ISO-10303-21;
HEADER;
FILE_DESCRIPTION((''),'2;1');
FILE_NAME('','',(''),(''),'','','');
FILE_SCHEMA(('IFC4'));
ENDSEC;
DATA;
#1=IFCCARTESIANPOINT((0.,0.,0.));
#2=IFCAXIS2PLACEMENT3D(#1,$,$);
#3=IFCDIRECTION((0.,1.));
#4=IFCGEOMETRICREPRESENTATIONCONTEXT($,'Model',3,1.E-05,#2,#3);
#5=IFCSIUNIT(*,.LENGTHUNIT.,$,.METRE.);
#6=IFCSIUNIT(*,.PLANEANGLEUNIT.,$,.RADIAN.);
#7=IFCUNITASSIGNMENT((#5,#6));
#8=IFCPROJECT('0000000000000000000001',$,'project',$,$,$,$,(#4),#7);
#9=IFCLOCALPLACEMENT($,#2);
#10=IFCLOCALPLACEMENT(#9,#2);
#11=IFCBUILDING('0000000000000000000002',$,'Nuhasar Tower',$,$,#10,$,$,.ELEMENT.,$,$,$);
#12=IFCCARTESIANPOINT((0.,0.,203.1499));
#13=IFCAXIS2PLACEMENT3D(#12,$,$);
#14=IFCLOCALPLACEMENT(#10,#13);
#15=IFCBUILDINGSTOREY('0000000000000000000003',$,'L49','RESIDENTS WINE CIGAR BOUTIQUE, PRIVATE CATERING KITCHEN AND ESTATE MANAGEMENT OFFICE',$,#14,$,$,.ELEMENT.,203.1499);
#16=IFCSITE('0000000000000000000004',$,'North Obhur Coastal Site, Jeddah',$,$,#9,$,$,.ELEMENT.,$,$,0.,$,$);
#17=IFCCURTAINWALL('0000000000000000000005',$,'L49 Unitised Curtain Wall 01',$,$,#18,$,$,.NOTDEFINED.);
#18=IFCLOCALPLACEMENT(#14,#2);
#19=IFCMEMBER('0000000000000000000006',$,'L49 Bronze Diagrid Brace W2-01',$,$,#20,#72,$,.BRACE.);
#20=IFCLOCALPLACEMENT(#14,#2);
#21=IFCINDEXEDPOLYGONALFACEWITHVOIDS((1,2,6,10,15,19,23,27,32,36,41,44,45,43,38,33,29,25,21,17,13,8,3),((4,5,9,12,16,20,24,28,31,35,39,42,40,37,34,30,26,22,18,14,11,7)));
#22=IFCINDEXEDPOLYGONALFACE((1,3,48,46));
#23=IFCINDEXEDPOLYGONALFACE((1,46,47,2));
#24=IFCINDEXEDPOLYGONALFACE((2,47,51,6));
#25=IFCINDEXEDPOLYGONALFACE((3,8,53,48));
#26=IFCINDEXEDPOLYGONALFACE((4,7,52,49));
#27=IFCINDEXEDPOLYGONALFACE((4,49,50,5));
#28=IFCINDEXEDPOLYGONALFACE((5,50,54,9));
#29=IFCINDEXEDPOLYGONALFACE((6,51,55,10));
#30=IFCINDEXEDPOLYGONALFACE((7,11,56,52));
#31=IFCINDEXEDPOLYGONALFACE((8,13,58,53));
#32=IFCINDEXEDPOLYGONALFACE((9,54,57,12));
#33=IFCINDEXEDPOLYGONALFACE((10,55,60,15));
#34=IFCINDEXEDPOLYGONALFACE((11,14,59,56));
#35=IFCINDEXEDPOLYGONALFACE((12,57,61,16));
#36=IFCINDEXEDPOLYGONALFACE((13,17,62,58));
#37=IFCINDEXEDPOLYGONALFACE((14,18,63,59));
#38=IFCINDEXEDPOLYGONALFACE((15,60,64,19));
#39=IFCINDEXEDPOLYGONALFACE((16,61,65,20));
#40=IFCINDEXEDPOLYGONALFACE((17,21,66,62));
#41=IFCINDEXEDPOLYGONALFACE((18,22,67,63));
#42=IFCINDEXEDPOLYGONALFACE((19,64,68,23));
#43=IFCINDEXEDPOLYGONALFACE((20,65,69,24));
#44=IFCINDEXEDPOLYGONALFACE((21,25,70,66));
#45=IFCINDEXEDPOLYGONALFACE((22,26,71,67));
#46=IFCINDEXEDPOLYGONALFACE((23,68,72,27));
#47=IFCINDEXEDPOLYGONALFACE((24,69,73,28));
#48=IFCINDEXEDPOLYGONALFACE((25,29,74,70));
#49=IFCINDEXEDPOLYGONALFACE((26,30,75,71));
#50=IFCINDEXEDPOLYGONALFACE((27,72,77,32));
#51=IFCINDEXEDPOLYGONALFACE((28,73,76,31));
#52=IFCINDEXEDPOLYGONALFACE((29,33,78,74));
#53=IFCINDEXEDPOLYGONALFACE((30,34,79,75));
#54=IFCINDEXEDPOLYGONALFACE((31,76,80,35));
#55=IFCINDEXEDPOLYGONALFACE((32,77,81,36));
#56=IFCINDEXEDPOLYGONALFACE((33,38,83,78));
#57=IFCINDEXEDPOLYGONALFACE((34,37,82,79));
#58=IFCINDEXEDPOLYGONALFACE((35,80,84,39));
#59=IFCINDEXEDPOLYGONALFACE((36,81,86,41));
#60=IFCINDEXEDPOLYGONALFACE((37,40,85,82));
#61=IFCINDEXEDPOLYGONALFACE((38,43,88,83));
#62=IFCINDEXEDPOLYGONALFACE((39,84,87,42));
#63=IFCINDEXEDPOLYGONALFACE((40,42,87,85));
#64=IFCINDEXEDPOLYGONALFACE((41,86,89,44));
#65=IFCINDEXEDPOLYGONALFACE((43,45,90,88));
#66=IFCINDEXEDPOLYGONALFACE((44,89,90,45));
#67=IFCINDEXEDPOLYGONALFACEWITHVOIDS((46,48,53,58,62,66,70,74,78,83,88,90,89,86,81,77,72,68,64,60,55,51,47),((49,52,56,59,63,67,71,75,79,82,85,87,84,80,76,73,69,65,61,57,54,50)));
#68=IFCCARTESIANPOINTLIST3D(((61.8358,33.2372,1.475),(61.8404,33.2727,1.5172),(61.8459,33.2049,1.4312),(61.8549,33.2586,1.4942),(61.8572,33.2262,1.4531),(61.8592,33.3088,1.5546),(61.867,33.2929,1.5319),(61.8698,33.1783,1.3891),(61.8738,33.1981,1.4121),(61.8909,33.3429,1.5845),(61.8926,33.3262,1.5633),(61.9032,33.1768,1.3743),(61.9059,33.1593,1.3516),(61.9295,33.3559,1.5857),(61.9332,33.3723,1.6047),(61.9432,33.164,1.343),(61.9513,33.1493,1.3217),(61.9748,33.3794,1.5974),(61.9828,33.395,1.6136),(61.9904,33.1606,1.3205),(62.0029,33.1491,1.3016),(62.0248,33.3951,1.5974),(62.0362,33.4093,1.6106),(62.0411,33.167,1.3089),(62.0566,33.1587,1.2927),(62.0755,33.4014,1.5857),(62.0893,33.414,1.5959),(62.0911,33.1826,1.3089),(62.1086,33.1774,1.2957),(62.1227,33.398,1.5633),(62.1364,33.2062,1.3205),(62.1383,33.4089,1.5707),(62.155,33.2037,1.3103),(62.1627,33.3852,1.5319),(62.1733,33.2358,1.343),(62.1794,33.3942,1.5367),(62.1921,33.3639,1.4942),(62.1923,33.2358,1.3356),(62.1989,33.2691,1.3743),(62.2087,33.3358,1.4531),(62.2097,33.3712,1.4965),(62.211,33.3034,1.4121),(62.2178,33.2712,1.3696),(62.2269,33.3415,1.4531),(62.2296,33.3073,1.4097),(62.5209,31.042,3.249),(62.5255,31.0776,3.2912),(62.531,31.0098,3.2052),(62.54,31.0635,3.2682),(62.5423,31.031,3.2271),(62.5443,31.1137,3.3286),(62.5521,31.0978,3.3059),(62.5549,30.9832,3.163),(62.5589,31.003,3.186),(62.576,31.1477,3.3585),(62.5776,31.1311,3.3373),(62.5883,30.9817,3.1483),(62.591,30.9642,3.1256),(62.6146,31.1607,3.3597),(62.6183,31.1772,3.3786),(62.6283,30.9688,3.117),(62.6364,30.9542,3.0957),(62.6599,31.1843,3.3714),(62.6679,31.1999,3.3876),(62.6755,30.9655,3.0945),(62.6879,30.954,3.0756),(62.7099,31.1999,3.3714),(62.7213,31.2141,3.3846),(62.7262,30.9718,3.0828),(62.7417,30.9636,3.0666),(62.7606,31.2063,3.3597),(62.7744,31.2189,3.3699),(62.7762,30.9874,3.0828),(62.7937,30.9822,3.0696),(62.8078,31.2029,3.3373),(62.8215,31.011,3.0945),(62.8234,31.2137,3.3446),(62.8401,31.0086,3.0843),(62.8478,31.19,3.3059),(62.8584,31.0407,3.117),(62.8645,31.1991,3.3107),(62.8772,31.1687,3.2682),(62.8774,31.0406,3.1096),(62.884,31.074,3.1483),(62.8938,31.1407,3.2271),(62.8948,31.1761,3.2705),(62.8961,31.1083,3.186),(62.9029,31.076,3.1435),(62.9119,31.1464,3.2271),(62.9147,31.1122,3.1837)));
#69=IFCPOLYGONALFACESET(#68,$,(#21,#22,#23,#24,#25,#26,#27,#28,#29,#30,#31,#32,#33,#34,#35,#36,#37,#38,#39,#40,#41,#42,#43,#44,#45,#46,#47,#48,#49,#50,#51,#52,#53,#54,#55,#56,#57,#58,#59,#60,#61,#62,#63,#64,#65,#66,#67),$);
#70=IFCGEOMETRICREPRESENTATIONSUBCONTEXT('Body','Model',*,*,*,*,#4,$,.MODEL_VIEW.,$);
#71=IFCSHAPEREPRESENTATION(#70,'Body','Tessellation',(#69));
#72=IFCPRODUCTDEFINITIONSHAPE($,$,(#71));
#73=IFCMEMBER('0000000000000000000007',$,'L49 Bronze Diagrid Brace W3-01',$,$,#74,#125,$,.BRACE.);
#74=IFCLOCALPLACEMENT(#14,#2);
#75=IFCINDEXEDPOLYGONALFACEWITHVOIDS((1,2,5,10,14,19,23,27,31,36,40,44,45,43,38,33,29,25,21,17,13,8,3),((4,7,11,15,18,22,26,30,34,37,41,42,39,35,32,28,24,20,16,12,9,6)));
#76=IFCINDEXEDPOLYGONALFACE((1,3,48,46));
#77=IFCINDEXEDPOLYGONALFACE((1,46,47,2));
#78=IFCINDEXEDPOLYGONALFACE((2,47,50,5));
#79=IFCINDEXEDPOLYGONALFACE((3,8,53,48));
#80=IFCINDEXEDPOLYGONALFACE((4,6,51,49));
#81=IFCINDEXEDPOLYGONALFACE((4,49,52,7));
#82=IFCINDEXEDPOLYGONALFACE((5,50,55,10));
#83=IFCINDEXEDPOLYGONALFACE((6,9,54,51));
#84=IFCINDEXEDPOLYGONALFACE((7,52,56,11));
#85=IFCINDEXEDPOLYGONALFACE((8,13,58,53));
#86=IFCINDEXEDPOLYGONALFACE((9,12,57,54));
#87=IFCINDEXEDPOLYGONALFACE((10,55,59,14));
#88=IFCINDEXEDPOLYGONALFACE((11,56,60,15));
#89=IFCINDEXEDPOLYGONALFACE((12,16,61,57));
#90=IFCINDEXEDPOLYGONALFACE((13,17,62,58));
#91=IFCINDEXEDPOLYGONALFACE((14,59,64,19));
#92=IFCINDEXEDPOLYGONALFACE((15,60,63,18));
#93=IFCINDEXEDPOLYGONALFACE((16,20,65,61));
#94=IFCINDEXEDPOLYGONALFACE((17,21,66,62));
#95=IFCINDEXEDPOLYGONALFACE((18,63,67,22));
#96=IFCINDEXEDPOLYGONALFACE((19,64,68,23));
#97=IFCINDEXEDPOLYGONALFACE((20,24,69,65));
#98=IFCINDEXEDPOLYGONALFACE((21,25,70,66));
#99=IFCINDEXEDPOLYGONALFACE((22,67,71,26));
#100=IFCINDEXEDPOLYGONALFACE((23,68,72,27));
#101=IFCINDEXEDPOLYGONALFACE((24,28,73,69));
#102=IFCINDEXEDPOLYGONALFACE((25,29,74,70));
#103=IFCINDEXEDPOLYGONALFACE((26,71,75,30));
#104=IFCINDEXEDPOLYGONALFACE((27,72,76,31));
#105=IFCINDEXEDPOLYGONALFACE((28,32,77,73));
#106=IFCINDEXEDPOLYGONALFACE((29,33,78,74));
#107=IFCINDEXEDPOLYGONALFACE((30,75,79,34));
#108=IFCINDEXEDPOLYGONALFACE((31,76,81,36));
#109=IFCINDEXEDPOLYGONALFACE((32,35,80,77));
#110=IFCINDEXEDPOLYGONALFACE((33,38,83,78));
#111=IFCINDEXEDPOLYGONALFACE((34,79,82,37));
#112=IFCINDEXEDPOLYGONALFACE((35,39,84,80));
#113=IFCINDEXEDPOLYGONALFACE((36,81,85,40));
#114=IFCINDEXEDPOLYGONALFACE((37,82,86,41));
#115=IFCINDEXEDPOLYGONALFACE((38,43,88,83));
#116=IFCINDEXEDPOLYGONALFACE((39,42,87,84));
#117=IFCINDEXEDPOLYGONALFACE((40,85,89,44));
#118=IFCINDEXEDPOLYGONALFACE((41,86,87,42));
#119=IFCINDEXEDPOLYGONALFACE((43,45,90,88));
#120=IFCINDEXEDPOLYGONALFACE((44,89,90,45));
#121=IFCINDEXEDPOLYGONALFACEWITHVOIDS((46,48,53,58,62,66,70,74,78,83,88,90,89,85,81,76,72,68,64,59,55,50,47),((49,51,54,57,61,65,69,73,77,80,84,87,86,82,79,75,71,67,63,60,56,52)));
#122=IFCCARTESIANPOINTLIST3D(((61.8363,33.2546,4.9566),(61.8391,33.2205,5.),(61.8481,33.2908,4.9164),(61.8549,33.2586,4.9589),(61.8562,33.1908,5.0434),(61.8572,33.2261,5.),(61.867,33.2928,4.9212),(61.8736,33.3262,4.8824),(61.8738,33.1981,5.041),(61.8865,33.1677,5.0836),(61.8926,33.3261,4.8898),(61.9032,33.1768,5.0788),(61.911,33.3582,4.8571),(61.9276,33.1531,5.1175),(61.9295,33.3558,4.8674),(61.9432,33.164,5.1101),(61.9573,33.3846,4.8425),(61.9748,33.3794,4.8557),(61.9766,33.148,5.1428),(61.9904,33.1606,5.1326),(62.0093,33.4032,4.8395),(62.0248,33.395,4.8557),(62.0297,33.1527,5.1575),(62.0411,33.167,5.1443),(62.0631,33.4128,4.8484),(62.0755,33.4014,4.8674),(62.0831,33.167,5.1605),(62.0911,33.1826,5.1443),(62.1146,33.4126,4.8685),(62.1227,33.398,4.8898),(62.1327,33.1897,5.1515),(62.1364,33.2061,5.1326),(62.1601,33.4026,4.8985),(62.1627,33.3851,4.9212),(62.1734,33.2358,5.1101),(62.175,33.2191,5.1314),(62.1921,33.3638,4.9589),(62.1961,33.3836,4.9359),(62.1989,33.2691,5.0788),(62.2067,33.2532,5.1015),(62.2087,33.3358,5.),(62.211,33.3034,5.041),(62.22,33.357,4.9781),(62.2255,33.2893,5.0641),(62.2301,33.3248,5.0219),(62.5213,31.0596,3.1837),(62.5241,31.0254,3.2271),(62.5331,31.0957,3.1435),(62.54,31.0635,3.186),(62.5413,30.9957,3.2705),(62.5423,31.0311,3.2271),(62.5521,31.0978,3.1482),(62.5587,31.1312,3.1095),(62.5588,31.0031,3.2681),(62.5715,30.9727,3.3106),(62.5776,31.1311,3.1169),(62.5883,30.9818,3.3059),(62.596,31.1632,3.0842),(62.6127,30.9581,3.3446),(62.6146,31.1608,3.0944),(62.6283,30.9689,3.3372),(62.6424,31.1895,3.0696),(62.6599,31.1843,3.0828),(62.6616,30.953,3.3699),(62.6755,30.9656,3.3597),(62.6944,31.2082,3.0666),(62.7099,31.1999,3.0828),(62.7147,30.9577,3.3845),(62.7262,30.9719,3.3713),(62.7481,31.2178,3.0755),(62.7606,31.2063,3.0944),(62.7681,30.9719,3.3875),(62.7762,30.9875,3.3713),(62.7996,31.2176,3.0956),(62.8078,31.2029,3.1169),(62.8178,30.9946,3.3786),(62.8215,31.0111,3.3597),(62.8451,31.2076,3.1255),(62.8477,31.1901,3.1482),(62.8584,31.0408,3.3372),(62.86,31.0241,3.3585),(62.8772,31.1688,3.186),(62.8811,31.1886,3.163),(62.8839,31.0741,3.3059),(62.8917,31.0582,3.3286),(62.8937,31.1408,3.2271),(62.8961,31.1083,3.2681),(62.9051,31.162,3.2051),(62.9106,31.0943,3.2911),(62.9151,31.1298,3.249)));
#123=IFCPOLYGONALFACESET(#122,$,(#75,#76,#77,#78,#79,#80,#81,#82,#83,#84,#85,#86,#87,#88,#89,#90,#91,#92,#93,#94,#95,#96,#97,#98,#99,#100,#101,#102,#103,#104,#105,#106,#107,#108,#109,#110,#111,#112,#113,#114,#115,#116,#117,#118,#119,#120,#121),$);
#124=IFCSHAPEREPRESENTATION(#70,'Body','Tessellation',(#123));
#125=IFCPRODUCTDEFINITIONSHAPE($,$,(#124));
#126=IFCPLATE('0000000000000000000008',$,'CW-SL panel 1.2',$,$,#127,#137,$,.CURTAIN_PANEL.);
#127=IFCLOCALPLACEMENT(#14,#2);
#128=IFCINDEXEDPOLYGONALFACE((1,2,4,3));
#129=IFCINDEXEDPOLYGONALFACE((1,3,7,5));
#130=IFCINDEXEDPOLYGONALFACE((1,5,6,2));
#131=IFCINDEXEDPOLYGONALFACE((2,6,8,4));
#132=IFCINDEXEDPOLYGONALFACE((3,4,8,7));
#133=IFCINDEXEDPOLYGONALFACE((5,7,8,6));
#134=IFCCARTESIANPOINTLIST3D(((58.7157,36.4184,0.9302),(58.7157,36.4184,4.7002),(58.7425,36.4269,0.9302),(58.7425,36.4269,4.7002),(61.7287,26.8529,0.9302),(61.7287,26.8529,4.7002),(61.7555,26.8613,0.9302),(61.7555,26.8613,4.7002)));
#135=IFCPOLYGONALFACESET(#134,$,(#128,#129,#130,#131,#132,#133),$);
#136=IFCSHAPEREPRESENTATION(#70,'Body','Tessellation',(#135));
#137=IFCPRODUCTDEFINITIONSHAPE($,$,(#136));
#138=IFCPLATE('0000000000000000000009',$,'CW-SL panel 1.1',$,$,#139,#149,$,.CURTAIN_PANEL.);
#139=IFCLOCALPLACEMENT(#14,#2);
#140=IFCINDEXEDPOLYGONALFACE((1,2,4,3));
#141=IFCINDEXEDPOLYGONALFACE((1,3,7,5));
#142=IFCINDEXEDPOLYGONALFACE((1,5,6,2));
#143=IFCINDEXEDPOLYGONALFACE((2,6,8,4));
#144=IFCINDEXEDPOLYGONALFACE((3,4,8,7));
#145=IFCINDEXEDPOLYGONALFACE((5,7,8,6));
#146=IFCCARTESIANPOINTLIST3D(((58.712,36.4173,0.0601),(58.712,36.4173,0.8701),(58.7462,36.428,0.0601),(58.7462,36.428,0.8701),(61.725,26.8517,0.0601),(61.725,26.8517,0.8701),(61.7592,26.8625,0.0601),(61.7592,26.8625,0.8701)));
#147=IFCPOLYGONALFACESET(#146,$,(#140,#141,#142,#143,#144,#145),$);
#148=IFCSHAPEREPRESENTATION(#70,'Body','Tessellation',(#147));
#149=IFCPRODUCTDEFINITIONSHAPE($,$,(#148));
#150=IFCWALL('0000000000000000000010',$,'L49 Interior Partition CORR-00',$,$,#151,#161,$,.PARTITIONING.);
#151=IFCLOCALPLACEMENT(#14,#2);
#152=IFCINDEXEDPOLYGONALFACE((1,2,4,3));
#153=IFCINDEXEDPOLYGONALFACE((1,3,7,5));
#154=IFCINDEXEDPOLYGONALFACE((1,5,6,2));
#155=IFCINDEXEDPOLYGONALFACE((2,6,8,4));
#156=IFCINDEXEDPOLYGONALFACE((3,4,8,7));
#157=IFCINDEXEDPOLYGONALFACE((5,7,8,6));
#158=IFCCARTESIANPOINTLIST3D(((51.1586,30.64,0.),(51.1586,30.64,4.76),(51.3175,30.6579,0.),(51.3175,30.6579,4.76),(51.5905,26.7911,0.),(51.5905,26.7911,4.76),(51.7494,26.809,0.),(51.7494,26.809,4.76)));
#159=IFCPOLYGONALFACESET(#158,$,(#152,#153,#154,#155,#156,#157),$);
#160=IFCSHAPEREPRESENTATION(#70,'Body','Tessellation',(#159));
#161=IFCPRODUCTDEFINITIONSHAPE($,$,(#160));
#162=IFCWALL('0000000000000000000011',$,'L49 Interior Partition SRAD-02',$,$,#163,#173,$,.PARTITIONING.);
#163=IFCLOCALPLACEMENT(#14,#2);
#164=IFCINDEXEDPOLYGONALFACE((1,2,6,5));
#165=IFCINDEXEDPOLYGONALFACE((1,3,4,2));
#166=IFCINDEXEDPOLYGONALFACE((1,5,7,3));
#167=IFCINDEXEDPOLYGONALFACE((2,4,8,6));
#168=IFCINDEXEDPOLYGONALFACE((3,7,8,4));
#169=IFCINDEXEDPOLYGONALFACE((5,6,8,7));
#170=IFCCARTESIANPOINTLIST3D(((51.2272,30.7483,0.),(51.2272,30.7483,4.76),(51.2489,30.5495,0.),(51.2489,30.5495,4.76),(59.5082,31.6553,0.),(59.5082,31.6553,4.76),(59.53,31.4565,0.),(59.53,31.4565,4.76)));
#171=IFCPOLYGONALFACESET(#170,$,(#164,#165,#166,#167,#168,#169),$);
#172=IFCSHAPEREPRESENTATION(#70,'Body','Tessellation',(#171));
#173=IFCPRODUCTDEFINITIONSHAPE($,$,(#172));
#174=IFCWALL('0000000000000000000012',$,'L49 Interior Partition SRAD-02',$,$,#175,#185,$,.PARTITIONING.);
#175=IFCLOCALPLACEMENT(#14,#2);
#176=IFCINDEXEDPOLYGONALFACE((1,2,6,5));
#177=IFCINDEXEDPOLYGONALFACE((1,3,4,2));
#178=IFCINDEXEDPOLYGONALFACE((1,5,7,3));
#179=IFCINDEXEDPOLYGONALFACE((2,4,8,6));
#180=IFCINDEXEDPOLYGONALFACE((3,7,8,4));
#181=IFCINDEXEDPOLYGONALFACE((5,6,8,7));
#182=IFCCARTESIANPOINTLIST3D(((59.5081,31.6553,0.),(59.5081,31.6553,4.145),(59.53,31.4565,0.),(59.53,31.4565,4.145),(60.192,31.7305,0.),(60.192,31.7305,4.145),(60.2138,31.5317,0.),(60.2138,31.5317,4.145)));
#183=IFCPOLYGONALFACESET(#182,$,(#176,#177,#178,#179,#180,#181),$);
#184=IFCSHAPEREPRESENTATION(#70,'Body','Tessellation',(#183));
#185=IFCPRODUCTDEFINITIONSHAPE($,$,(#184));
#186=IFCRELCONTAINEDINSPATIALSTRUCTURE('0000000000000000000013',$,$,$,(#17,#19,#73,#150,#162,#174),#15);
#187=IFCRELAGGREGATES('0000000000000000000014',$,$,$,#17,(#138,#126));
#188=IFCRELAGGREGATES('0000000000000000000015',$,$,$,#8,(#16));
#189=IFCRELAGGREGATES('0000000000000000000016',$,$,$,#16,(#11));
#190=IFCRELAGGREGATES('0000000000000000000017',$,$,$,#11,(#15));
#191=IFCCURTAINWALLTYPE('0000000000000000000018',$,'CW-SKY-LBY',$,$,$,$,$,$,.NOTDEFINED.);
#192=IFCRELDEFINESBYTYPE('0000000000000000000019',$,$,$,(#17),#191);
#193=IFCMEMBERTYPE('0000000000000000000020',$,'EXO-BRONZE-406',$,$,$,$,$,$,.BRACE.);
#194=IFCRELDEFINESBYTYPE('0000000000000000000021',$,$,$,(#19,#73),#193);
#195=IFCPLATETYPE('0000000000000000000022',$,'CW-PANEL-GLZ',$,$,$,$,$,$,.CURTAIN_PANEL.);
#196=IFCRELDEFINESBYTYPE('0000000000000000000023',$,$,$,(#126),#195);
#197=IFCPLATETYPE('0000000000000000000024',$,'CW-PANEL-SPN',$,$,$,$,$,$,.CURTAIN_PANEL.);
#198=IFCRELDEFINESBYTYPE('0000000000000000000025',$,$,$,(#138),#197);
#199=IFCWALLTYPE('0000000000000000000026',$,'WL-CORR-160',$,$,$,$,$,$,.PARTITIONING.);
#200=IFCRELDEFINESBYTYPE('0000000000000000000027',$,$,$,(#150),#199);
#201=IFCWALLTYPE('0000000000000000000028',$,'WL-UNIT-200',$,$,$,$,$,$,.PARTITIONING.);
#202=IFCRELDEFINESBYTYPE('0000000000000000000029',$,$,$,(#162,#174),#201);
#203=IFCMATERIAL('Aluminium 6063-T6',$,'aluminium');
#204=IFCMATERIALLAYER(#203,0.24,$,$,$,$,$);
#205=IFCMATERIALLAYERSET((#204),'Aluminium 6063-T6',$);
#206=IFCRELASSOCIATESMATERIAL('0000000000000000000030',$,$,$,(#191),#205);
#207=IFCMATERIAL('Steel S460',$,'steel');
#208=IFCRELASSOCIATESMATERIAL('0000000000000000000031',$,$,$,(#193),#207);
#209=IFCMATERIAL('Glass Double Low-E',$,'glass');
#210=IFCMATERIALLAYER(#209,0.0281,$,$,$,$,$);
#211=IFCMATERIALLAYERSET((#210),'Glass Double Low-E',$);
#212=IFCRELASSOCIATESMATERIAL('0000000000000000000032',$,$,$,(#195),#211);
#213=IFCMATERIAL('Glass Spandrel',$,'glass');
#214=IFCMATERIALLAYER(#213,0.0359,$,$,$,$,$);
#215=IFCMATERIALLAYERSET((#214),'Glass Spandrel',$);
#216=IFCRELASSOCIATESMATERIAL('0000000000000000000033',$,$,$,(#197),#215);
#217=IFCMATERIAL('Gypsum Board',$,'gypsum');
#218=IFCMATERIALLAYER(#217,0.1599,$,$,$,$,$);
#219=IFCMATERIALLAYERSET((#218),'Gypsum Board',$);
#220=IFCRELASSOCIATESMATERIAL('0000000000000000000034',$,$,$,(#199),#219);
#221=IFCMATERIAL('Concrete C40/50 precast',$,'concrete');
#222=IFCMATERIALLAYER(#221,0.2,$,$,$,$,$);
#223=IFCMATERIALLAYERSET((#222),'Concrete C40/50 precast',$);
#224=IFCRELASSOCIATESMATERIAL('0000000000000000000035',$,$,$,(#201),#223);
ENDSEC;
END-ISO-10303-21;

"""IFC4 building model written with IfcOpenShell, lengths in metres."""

from ifc_helpers import new_model, si_unit, direction, frame, frame_2d, origin, origin_2d, place, context, subcontext, project, spatial, rectangle, hollow_circle, extrude, material, layer, layer_set, material_profile, profile_set, type_object, element, aggregate, save


model = new_model("IFC4")

# Units and contexts
model_context = context("Model", 3, precision=1e-05, world=origin(), true_north=direction((0.0, 1.0)))
body_context = subcontext(model_context, "Body", "Model", "MODEL_VIEW")
ifc_project = project(units=[si_unit("LENGTHUNIT", "METRE"), si_unit("PLANEANGLEUNIT", "RADIAN")], contexts=[model_context])

# Site, building, storey
site_placement = place(None, origin())
site = spatial("IfcSite", under=ifc_project, at=site_placement, Name="North Obhur Coastal Site, Jeddah", CompositionType="ELEMENT", RefElevation=0.0)
building_placement = place(site_placement, origin())
building = spatial("IfcBuilding", under=site, at=building_placement, Name="Nuhasar Tower", CompositionType="ELEMENT")
storey_placement = place(building_placement, frame((0.0, 0.0, 203.1499)))
storey = spatial("IfcBuildingStorey", under=building, at=storey_placement, Name="L49", Description="RESIDENTS WINE CIGAR BOUTIQUE, PRIVATE CATERING KITCHEN AND ESTATE MANAGEMENT OFFICE", CompositionType="ELEMENT", Elevation=203.1499)

# Shared definitions
ifc_material_1 = material(Name="Steel S460", Category="steel")

# Curtain wall
ifc_material_2 = material(Name="Aluminium 6063-T6", Category="aluminium")
ifc_layer_1 = layer(ifc_material_2, 0.24)
ifc_layer_set_1 = layer_set([ifc_layer_1], Name="Aluminium 6063-T6")
curtain_wall_type = type_object("IfcCurtainWallType", Name="CW-SKY-LBY", PredefinedType="NOTDEFINED", material=ifc_layer_set_1)
curtain_wall_1_placement = place(storey_placement, origin())
curtain_wall_1 = element("IfcCurtainWall", 1, at=curtain_wall_1_placement, inside=storey, type_object=curtain_wall_type, Name="L49 Unitised Curtain Wall 01", PredefinedType="NOTDEFINED")

# Members
ifc_material_profile_1 = material_profile(ifc_material_1, hollow_circle(Radius=0.2031, WallThickness=0.019, at=origin_2d()), Name="HSS406.4X19.1")
ifc_profile_set_1 = profile_set([ifc_material_profile_1], Name="Steel S460")
member_type_1 = type_object("IfcMemberType", Name="EXO-BRONZE-406", PredefinedType="BRACE", material=ifc_profile_set_1)
member_1_placement = place(storey_placement, frame((62.033, 33.281, 1.4531), z_axis=(0.235885, -0.755823, 0.610812), x_axis=(0.954591, 0.297918, 0.0)))
element("IfcMember", 2, at=member_1_placement, inside=storey, type_object=member_type_1, Name="L49 Bronze Diagrid Brace W2-01", PredefinedType="BRACE", context=body_context, shape_type="SweptSolid", body=[
    extrude(hollow_circle(Radius=0.2031, WallThickness=0.019, at=origin_2d()), origin(), (0.0, 0.0, 1.0), 2.9043),
])
member_2_placement = place(storey_placement, frame((62.718, 31.0859, 3.2271), z_axis=(-0.235933, 0.755978, 0.610601), x_axis=(-0.954591, -0.297918, 0.0)))
element("IfcMember", 3, at=member_2_placement, inside=storey, type_object=member_type_1, Name="L49 Bronze Diagrid Brace W3-01", PredefinedType="BRACE", context=body_context, shape_type="SweptSolid", body=[
    extrude(hollow_circle(Radius=0.2031, WallThickness=0.019, at=origin_2d()), origin(), (0.0, 0.0, 1.0), 2.9036),
])

# Plates
ifc_material_3 = material(Name="Glass Double Low-E", Category="glass")
ifc_layer_2 = layer(ifc_material_3, 0.0281)
ifc_layer_set_2 = layer_set([ifc_layer_2], Name="Glass Double Low-E")
plate_type_1 = type_object("IfcPlateType", Name="CW-PANEL-GLZ", PredefinedType="CURTAIN_PANEL", material=ifc_layer_set_2)
plate_1_placement = place(storey_placement, frame((60.2356, 31.6399, 0.9302), z_axis=(0.0, 0.0, 1.0), x_axis=(-0.300429, 0.953804, 0.0)))
plate_1 = element("IfcPlate", 4, at=plate_1_placement, type_object=plate_type_1, Name="CW-SL panel 1.2", PredefinedType="CURTAIN_PANEL", context=body_context, shape_type="SweptSolid", body=[
    extrude(rectangle(XDim=10.0288, YDim=0.0281, at=origin_2d()), origin(), (0.0, 0.0, 1.0), 3.77),
])
ifc_material_4 = material(Name="Glass Spandrel", Category="glass")
ifc_layer_3 = layer(ifc_material_4, 0.0359)
ifc_layer_set_3 = layer_set([ifc_layer_3], Name="Glass Spandrel")
plate_type_2 = type_object("IfcPlateType", Name="CW-PANEL-SPN", PredefinedType="CURTAIN_PANEL", material=ifc_layer_set_3)
plate_2_placement = place(storey_placement, frame((60.2356, 31.6399, 0.0601), z_axis=(0.0, 0.0, 1.0), x_axis=(-0.300429, 0.953804, 0.0)))
plate_2 = element("IfcPlate", 5, at=plate_2_placement, type_object=plate_type_2, Name="CW-SL panel 1.1", PredefinedType="CURTAIN_PANEL", context=body_context, shape_type="SweptSolid", body=[
    extrude(rectangle(XDim=10.0288, YDim=0.0359, at=origin_2d()), origin(), (0.0, 0.0, 1.0), 0.8101),
])
aggregate(curtain_wall_1, [plate_2, plate_1])

# Walls
ifc_material_5 = material(Name="Gypsum Board", Category="gypsum")
ifc_layer_4 = layer(ifc_material_5, 0.1599)
ifc_layer_set_4 = layer_set([ifc_layer_4], Name="Gypsum Board")
wall_type_1 = type_object("IfcWallType", Name="WL-CORR-160", PredefinedType="PARTITIONING", material=ifc_layer_set_4)
wall_1_placement = place(storey_placement, frame((51.6699, 26.8, 0.0), z_axis=(0.0, 0.0, 1.0), x_axis=(-0.111511, 0.993763, 0.0)))
element("IfcWall", 6, at=wall_1_placement, inside=storey, type_object=wall_type_1, Name="L49 Interior Partition CORR-00", PredefinedType="PARTITIONING", context=body_context, shape_type="SweptSolid", body=[
    extrude(rectangle(XDim=3.873, YDim=0.1599, at=frame_2d((1.9365, 0.0))), origin(), (0.0, 0.0, 1.0), 4.76),
])
ifc_material_6 = material(Name="Concrete C40/50 precast", Category="concrete")
ifc_layer_5 = layer(ifc_material_6, 0.2)
ifc_layer_set_5 = layer_set([ifc_layer_5], Name="Concrete C40/50 precast")
wall_type_2 = type_object("IfcWallType", Name="WL-UNIT-200", PredefinedType="PARTITIONING", material=ifc_layer_set_5)
wall_2_placement = place(storey_placement, frame((51.238, 30.6489, 0.0), z_axis=(0.0, 0.0, 1.0), x_axis=(0.994055, 0.108875, 0.0)))
element("IfcWall", 7, at=wall_2_placement, inside=storey, type_object=wall_type_2, Name="L49 Interior Partition SRAD-02", PredefinedType="PARTITIONING", context=body_context, shape_type="SweptSolid", body=[
    extrude(rectangle(XDim=8.3306, YDim=0.2, at=frame_2d((4.1653, 0.0))), origin(), (0.0, 0.0, 1.0), 4.76),
])
wall_3_placement = place(storey_placement, frame((59.519, 31.5559, 0.0), z_axis=(0.0, 0.0, 1.0), x_axis=(0.994009, 0.109302, 0.0)))
element("IfcWall", 8, at=wall_3_placement, inside=storey, type_object=wall_type_2, Name="L49 Interior Partition SRAD-02", PredefinedType="PARTITIONING", context=body_context, shape_type="SweptSolid", body=[
    extrude(rectangle(XDim=0.688, YDim=0.2, at=frame_2d((0.344, 0.0))), origin(), (0.0, 0.0, 1.0), 4.145),
])

save(model, "model.ifc")
